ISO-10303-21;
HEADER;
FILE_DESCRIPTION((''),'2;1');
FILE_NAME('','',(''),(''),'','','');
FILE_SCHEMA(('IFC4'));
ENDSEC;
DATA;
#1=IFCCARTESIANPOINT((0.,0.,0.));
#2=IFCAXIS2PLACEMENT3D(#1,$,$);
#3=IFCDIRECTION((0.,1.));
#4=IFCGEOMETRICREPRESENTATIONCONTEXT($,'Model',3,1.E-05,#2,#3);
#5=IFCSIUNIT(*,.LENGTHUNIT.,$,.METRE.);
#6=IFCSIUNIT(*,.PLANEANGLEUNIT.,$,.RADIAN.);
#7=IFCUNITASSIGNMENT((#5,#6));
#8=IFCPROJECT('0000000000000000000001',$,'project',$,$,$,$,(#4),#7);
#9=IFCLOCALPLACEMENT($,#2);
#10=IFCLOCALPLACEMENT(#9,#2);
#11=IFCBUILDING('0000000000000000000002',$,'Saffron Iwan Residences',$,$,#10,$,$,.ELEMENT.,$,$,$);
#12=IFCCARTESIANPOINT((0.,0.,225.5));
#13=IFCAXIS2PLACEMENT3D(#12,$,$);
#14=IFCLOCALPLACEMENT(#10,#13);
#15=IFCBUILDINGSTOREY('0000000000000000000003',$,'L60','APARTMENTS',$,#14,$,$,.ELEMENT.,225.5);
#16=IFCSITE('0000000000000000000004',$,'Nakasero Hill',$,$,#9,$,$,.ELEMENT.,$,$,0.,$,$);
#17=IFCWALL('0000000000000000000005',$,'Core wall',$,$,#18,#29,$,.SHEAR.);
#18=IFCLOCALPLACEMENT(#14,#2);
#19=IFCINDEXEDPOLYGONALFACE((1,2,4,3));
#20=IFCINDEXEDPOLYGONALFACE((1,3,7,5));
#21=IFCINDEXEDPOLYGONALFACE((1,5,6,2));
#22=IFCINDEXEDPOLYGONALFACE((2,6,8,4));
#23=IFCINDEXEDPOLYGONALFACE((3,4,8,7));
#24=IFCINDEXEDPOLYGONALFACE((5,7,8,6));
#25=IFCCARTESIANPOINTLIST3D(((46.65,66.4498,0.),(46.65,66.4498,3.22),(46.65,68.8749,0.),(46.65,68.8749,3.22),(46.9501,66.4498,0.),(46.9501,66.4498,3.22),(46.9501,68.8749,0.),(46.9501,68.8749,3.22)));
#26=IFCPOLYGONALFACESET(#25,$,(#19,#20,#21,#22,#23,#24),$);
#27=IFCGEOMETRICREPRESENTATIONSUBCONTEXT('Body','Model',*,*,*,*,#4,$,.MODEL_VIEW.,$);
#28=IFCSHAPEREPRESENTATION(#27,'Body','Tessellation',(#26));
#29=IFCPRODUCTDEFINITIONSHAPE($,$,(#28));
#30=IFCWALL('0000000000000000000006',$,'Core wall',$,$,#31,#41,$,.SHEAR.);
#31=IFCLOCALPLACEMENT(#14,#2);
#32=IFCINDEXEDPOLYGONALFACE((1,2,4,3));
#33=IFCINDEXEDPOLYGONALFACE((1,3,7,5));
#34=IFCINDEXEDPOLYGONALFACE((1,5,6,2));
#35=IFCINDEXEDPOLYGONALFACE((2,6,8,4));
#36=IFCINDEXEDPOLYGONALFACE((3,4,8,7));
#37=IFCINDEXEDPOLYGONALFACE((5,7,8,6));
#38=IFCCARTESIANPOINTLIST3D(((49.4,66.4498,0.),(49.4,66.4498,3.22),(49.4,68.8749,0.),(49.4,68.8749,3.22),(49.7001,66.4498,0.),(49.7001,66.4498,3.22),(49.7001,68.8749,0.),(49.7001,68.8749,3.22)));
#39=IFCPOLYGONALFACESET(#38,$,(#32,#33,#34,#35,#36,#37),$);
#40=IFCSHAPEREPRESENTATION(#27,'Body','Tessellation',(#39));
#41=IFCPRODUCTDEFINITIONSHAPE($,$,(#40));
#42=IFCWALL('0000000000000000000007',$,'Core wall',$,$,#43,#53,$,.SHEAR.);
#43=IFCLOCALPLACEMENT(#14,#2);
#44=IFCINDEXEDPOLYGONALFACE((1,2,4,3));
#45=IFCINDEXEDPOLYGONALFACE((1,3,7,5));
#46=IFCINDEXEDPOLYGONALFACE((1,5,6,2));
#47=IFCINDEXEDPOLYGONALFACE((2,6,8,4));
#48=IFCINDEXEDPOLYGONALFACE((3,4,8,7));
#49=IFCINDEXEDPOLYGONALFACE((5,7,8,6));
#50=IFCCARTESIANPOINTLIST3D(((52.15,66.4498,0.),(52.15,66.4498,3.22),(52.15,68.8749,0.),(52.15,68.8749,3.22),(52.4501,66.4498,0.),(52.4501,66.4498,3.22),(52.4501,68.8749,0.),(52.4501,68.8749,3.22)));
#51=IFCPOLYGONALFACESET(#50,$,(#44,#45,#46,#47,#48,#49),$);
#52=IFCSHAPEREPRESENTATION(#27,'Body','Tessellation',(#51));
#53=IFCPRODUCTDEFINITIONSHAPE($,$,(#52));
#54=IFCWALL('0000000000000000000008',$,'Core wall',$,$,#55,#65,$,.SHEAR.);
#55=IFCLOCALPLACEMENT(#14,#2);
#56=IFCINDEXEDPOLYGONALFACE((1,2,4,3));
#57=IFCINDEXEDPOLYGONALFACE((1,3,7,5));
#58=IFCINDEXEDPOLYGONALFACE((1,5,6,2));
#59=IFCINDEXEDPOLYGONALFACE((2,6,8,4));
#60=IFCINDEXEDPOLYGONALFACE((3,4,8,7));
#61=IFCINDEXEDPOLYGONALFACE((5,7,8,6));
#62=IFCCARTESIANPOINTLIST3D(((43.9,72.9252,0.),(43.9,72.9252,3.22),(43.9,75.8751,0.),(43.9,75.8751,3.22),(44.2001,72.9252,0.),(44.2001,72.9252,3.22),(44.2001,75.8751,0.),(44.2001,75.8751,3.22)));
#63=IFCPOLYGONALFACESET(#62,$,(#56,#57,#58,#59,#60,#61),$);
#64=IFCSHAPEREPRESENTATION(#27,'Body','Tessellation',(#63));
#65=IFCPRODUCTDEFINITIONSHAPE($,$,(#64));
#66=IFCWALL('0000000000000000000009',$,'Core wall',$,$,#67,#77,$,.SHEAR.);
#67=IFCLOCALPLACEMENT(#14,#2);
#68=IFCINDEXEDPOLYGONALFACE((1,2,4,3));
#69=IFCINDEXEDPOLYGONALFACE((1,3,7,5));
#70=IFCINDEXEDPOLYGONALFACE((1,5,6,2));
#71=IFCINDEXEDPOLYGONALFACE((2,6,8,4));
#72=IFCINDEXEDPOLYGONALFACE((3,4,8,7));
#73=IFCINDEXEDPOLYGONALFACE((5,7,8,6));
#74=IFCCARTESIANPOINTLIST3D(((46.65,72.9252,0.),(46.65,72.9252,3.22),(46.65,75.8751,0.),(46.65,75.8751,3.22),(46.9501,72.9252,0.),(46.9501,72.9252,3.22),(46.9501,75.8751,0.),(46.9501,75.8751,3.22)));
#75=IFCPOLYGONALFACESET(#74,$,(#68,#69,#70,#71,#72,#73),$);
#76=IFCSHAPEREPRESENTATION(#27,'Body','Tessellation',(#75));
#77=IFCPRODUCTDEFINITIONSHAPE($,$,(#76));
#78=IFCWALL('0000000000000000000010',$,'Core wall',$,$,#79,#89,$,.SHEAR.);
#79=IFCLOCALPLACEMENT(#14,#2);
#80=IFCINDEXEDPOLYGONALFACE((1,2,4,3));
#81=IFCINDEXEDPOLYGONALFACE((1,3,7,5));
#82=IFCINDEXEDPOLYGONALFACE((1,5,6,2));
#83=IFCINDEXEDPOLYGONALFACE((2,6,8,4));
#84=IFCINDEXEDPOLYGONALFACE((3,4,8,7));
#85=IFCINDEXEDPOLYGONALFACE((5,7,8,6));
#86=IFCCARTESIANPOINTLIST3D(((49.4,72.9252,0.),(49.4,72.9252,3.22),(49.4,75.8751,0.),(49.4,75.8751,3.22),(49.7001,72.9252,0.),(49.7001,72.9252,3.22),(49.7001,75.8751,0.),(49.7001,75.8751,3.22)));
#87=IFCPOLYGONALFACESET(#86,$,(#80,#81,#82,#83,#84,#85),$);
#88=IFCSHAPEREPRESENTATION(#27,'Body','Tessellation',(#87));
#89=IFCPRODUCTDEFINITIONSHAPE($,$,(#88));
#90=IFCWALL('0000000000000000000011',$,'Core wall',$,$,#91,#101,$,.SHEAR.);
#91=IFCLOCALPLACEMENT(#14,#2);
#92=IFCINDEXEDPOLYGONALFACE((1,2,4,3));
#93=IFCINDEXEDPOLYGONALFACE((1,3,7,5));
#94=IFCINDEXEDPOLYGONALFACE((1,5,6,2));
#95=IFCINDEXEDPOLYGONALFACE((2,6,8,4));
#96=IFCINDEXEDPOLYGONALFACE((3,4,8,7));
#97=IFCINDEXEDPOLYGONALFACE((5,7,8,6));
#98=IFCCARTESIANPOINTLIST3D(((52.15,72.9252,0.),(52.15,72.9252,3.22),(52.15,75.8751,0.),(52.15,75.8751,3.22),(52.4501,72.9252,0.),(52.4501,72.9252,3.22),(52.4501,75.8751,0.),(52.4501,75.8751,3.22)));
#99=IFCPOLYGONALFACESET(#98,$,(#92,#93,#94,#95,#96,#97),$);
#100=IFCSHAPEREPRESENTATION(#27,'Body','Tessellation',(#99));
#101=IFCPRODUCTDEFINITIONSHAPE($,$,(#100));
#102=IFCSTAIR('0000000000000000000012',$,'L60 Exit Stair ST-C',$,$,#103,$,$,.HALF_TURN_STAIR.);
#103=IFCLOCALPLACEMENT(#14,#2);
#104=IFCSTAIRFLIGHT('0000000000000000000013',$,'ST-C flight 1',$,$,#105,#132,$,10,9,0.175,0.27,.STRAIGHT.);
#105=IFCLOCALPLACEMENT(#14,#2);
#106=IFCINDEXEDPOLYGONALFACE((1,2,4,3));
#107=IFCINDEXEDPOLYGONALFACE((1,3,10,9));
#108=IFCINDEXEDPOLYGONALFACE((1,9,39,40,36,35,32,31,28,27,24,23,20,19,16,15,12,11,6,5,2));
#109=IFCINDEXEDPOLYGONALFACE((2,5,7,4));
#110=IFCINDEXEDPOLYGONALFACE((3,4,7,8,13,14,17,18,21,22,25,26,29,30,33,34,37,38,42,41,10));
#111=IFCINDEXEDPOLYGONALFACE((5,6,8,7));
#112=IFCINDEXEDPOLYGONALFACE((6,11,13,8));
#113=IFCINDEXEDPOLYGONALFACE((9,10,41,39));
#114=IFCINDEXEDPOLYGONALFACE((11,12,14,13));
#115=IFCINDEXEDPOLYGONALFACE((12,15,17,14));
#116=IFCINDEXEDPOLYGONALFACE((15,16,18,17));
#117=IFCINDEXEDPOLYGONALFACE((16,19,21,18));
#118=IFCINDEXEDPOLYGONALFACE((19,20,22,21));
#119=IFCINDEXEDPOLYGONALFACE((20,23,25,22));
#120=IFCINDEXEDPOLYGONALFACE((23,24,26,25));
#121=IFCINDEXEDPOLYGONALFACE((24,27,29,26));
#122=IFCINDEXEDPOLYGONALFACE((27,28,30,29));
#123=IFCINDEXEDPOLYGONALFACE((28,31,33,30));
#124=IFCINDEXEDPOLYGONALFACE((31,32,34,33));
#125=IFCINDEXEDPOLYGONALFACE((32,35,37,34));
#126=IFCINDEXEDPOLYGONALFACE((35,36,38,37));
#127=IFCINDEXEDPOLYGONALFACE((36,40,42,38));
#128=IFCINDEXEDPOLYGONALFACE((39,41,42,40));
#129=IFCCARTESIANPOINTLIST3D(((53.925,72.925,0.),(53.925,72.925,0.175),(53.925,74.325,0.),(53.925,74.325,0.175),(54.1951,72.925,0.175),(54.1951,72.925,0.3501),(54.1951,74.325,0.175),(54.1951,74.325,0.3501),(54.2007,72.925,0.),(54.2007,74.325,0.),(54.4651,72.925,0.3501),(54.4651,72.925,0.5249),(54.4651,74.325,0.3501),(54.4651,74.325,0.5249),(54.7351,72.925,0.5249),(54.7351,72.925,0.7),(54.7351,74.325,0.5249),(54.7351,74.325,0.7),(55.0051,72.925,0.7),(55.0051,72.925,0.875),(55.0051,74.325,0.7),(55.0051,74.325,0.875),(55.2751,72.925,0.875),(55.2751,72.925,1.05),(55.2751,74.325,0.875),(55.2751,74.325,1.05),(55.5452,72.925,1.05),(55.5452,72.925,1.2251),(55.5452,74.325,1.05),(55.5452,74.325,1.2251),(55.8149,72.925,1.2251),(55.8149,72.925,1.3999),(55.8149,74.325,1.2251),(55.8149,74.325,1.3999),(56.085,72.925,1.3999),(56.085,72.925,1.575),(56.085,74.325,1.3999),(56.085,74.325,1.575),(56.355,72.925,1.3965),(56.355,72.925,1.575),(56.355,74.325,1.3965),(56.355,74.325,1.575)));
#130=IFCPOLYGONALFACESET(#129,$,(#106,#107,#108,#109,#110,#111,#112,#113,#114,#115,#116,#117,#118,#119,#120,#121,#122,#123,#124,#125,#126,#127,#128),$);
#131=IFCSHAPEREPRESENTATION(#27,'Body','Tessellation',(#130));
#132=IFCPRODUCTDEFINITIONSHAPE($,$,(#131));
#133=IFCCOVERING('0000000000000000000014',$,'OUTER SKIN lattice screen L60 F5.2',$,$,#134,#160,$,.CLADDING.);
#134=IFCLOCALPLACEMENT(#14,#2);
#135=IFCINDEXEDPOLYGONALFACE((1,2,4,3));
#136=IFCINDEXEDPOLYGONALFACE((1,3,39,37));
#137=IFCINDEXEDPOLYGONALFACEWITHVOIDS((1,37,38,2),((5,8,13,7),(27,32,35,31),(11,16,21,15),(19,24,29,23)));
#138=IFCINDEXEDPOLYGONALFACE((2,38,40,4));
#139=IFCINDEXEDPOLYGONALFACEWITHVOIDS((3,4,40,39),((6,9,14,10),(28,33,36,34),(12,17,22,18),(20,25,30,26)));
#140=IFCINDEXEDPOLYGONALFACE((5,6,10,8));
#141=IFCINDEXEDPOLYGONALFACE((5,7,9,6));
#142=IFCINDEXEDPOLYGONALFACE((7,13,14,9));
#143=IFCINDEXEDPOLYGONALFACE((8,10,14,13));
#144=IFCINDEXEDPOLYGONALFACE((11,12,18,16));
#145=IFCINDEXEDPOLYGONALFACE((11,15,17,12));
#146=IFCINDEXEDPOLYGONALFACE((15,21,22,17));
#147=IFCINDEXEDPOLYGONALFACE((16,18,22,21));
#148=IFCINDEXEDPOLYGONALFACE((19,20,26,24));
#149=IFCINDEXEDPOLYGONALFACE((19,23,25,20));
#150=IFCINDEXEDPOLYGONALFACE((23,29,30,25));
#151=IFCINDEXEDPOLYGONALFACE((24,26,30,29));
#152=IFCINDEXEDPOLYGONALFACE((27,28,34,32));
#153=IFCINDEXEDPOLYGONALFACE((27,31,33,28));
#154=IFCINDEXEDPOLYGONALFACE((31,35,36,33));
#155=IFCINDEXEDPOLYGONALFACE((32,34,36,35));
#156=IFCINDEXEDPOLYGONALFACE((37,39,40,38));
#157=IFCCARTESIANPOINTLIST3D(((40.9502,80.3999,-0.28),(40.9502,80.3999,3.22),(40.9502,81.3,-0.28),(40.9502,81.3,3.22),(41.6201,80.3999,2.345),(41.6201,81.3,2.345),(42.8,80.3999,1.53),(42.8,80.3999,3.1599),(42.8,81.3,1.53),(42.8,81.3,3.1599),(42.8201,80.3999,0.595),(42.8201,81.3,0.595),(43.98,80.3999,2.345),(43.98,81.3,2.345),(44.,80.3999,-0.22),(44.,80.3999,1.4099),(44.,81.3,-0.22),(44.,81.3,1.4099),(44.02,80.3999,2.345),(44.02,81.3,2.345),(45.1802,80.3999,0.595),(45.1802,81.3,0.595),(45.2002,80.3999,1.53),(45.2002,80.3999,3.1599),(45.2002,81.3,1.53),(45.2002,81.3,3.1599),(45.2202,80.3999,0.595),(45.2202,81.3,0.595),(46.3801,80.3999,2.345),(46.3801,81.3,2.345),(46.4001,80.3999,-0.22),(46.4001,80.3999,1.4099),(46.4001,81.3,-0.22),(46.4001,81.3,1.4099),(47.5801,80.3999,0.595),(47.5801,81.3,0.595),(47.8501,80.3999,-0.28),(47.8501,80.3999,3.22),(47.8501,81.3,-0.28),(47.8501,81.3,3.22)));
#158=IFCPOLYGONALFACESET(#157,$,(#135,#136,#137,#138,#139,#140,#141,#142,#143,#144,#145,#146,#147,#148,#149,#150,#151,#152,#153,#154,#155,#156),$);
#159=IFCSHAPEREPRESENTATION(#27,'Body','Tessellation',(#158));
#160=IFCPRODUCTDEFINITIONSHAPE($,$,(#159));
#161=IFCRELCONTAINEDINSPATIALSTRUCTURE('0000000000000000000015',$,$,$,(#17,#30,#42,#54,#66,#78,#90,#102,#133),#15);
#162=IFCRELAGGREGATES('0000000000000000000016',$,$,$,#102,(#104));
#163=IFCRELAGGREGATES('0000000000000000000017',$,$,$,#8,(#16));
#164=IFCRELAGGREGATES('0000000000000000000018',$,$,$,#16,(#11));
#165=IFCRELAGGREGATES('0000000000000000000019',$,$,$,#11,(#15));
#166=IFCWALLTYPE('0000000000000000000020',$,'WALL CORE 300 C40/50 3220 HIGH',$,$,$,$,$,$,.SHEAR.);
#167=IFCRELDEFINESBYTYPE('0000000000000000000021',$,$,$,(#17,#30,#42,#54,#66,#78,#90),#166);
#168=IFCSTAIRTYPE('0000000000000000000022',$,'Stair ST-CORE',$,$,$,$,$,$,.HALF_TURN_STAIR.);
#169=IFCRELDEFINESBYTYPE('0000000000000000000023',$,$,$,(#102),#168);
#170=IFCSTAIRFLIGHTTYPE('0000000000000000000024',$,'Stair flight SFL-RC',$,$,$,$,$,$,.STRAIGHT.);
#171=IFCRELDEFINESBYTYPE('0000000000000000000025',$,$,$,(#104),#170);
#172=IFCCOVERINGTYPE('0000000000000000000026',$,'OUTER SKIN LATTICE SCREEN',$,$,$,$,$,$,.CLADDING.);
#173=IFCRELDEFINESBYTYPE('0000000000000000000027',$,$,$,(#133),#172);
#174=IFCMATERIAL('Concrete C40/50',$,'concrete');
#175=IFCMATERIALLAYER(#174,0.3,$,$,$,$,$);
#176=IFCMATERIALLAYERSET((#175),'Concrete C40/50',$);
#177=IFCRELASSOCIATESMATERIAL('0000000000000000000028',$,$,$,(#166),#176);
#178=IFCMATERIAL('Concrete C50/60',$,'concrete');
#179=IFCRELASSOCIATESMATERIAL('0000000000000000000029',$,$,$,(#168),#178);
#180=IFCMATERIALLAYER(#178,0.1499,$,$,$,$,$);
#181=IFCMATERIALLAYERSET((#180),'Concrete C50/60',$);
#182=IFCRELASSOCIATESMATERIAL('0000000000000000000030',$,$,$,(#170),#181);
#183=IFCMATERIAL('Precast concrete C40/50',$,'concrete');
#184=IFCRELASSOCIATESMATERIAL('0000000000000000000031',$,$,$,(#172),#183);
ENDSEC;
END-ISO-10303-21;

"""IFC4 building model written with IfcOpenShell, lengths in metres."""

from ifc_helpers import new_model, si_unit, direction, frame, frame_2d, origin, place, context, subcontext, project, spatial, polyline, rectangle, outline, extrude, material, layer, layer_set, type_object, element, aggregate, save


model = new_model("IFC4")

# Units and contexts
model_context = context("Model", 3, precision=1e-05, world=origin(), true_north=direction((0.0, 1.0)))
body_context = subcontext(model_context, "Body", "Model", "MODEL_VIEW")
ifc_project = project(units=[si_unit("LENGTHUNIT", "METRE"), si_unit("PLANEANGLEUNIT", "RADIAN")], contexts=[model_context])

# Site, building, storey
site_placement = place(None, origin())
site = spatial("IfcSite", under=ifc_project, at=site_placement, Name="Nakasero Hill", CompositionType="ELEMENT", RefElevation=0.0)
building_placement = place(site_placement, origin())
building = spatial("IfcBuilding", under=site, at=building_placement, Name="Saffron Iwan Residences", CompositionType="ELEMENT")
storey_placement = place(building_placement, frame((0.0, 0.0, 225.5)))
storey = spatial("IfcBuildingStorey", under=building, at=storey_placement, Name="L60", Description="APARTMENTS", CompositionType="ELEMENT", Elevation=225.5)

# Shared definitions
ifc_material_1 = material(Name="Concrete C40/50", Category="concrete")

# Walls
ifc_layer_1 = layer(ifc_material_1, 0.3)
ifc_layer_set_1 = layer_set([ifc_layer_1], Name="Concrete C40/50")
wall_type_1 = type_object("IfcWallType", Name="WALL CORE 300 C40/50 3220 HIGH", PredefinedType="SHEAR", material=ifc_layer_set_1)
for number, where, z_axis, x_axis, name in (
    (1, (46.8, 66.45, 0.0), (0.0, 0.0, 1.0), (0.0, 1.0, 0.0), "Core wall"),
    (2, (49.55, 66.45, 0.0), (0.0, 0.0, 1.0), (0.0, 1.0, 0.0), "Core wall"),
    (3, (52.3, 66.45, 0.0), (0.0, 0.0, 1.0), (0.0, 1.0, 0.0), "Core wall"),
):
    element("IfcWall", number, at=place(storey_placement, frame(where, z_axis=z_axis, x_axis=x_axis)), inside=storey, type_object=wall_type_1, Name=name, PredefinedType="SHEAR", context=body_context, shape_type="SweptSolid", body=[
        extrude(rectangle(XDim=2.425, YDim=0.3, at=frame_2d((1.2124, 0.0))), origin(), (0.0, 0.0, 1.0), 3.22),
    ])
for number, where, z_axis, x_axis, name in (
    (4, (44.05, 72.925, 0.0), (0.0, 0.0, 1.0), (0.0, 1.0, 0.0), "Core wall"),
    (5, (46.8, 72.925, 0.0), (0.0, 0.0, 1.0), (0.0, 1.0, 0.0), "Core wall"),
    (6, (49.55, 72.925, 0.0), (0.0, 0.0, 1.0), (0.0, 1.0, 0.0), "Core wall"),
    (7, (52.3, 72.925, 0.0), (0.0, 0.0, 1.0), (0.0, 1.0, 0.0), "Core wall"),
):
    element("IfcWall", number, at=place(storey_placement, frame(where, z_axis=z_axis, x_axis=x_axis)), inside=storey, type_object=wall_type_1, Name=name, PredefinedType="SHEAR", context=body_context, shape_type="SweptSolid", body=[
        extrude(rectangle(XDim=2.95, YDim=0.3, at=frame_2d((1.4751, 0.0))), origin(), (0.0, 0.0, 1.0), 3.22),
    ])

# Stair, stair flight
ifc_material_2 = material(Name="Concrete C50/60", Category="concrete")
stair_type = type_object("IfcStairType", Name="Stair ST-CORE", PredefinedType="HALF_TURN_STAIR", material=ifc_material_2)
stair_placement = place(storey_placement, origin())
stair = element("IfcStair", 8, at=stair_placement, inside=storey, type_object=stair_type, Name="L60 Exit Stair ST-C", PredefinedType="HALF_TURN_STAIR")
ifc_layer_2 = layer(ifc_material_2, 0.1499)
ifc_layer_set_2 = layer_set([ifc_layer_2], Name="Concrete C50/60")
stair_flight_type = type_object("IfcStairFlightType", Name="Stair flight SFL-RC", PredefinedType="STRAIGHT", material=ifc_layer_set_2)
stair_flight_placement = place(storey_placement, frame((53.925, 73.625, 0.0), z_axis=(0.0, 0.0, 1.0), x_axis=(1.0, 0.0, 0.0)))
stair_flight = element("IfcStairFlight", 9, at=stair_flight_placement, type_object=stair_flight_type, Name="ST-C flight 1", NumberOfRisers=10, NumberOfTreads=9, PredefinedType="STRAIGHT", RiserHeight=0.175, TreadLength=0.27, context=body_context, shape_type="SweptSolid", body=[
    extrude(outline(polyline([(0.0, 0.0), (0.0, 0.175), (0.27, 0.175), (0.27, 0.3501), (0.54, 0.3501), (0.54, 0.5249), (0.8101, 0.5249), (0.8101, 0.7), (1.0801, 0.7), (1.0801, 0.875), (1.3501, 0.875), (1.3501, 1.05), (1.6201, 1.05), (1.6201, 1.2251), (1.8899, 1.2251), (1.8899, 1.3999), (2.1599, 1.3999), (2.1599, 1.575), (2.4299, 1.575), (2.4299, 1.75), (2.4299, 1.3965), (0.2756, 0.0), (0.0, 0.0)])), frame((0.0, 0.7, 0.0), z_axis=(0.0, -1.0, 0.0), x_axis=(1.0, 0.0, 0.0)), (0.0, 0.0, 1.0), 1.3999),
])
aggregate(stair, [stair_flight])

# Covering
ifc_material_3 = material(Name="Precast concrete C40/50", Category="concrete")
covering_type_1 = type_object("IfcCoveringType", Name="OUTER SKIN LATTICE SCREEN", PredefinedType="CLADDING", material=ifc_material_3)
covering_1_placement = place(storey_placement, frame((47.8501, 80.3999, -0.28), z_axis=(0.0, 1.0, 0.0), x_axis=(-1.0, 0.0, 0.0)))
element("IfcCovering", 10, at=covering_1_placement, inside=storey, type_object=covering_type_1, Name="OUTER SKIN lattice screen L60 F5.2", PredefinedType="CLADDING", context=body_context, shape_type="SweptSolid", body=[
    extrude(outline(polyline([(0.0, 0.0), (6.8999, 0.0), (6.8999, 3.5), (0.0, 3.5), (0.0, 0.0)]), holes=[polyline([(0.27, 0.875), (1.45, 0.0601), (2.6299, 0.875), (1.45, 1.6899), (0.27, 0.875)]), polyline([(2.6699, 0.875), (3.8501, 0.0601), (5.03, 0.875), (3.8501, 1.6899), (2.6699, 0.875)]), polyline([(1.47, 2.625), (2.6499, 1.8101), (3.8301, 2.625), (2.6499, 3.4399), (1.47, 2.625)]), polyline([(3.8701, 2.625), (5.05, 1.8101), (6.23, 2.625), (5.05, 3.4399), (3.8701, 2.625)])]), origin(), (0.0, 0.0, 1.0), 0.9001),
])

save(model, "model.ifc")
